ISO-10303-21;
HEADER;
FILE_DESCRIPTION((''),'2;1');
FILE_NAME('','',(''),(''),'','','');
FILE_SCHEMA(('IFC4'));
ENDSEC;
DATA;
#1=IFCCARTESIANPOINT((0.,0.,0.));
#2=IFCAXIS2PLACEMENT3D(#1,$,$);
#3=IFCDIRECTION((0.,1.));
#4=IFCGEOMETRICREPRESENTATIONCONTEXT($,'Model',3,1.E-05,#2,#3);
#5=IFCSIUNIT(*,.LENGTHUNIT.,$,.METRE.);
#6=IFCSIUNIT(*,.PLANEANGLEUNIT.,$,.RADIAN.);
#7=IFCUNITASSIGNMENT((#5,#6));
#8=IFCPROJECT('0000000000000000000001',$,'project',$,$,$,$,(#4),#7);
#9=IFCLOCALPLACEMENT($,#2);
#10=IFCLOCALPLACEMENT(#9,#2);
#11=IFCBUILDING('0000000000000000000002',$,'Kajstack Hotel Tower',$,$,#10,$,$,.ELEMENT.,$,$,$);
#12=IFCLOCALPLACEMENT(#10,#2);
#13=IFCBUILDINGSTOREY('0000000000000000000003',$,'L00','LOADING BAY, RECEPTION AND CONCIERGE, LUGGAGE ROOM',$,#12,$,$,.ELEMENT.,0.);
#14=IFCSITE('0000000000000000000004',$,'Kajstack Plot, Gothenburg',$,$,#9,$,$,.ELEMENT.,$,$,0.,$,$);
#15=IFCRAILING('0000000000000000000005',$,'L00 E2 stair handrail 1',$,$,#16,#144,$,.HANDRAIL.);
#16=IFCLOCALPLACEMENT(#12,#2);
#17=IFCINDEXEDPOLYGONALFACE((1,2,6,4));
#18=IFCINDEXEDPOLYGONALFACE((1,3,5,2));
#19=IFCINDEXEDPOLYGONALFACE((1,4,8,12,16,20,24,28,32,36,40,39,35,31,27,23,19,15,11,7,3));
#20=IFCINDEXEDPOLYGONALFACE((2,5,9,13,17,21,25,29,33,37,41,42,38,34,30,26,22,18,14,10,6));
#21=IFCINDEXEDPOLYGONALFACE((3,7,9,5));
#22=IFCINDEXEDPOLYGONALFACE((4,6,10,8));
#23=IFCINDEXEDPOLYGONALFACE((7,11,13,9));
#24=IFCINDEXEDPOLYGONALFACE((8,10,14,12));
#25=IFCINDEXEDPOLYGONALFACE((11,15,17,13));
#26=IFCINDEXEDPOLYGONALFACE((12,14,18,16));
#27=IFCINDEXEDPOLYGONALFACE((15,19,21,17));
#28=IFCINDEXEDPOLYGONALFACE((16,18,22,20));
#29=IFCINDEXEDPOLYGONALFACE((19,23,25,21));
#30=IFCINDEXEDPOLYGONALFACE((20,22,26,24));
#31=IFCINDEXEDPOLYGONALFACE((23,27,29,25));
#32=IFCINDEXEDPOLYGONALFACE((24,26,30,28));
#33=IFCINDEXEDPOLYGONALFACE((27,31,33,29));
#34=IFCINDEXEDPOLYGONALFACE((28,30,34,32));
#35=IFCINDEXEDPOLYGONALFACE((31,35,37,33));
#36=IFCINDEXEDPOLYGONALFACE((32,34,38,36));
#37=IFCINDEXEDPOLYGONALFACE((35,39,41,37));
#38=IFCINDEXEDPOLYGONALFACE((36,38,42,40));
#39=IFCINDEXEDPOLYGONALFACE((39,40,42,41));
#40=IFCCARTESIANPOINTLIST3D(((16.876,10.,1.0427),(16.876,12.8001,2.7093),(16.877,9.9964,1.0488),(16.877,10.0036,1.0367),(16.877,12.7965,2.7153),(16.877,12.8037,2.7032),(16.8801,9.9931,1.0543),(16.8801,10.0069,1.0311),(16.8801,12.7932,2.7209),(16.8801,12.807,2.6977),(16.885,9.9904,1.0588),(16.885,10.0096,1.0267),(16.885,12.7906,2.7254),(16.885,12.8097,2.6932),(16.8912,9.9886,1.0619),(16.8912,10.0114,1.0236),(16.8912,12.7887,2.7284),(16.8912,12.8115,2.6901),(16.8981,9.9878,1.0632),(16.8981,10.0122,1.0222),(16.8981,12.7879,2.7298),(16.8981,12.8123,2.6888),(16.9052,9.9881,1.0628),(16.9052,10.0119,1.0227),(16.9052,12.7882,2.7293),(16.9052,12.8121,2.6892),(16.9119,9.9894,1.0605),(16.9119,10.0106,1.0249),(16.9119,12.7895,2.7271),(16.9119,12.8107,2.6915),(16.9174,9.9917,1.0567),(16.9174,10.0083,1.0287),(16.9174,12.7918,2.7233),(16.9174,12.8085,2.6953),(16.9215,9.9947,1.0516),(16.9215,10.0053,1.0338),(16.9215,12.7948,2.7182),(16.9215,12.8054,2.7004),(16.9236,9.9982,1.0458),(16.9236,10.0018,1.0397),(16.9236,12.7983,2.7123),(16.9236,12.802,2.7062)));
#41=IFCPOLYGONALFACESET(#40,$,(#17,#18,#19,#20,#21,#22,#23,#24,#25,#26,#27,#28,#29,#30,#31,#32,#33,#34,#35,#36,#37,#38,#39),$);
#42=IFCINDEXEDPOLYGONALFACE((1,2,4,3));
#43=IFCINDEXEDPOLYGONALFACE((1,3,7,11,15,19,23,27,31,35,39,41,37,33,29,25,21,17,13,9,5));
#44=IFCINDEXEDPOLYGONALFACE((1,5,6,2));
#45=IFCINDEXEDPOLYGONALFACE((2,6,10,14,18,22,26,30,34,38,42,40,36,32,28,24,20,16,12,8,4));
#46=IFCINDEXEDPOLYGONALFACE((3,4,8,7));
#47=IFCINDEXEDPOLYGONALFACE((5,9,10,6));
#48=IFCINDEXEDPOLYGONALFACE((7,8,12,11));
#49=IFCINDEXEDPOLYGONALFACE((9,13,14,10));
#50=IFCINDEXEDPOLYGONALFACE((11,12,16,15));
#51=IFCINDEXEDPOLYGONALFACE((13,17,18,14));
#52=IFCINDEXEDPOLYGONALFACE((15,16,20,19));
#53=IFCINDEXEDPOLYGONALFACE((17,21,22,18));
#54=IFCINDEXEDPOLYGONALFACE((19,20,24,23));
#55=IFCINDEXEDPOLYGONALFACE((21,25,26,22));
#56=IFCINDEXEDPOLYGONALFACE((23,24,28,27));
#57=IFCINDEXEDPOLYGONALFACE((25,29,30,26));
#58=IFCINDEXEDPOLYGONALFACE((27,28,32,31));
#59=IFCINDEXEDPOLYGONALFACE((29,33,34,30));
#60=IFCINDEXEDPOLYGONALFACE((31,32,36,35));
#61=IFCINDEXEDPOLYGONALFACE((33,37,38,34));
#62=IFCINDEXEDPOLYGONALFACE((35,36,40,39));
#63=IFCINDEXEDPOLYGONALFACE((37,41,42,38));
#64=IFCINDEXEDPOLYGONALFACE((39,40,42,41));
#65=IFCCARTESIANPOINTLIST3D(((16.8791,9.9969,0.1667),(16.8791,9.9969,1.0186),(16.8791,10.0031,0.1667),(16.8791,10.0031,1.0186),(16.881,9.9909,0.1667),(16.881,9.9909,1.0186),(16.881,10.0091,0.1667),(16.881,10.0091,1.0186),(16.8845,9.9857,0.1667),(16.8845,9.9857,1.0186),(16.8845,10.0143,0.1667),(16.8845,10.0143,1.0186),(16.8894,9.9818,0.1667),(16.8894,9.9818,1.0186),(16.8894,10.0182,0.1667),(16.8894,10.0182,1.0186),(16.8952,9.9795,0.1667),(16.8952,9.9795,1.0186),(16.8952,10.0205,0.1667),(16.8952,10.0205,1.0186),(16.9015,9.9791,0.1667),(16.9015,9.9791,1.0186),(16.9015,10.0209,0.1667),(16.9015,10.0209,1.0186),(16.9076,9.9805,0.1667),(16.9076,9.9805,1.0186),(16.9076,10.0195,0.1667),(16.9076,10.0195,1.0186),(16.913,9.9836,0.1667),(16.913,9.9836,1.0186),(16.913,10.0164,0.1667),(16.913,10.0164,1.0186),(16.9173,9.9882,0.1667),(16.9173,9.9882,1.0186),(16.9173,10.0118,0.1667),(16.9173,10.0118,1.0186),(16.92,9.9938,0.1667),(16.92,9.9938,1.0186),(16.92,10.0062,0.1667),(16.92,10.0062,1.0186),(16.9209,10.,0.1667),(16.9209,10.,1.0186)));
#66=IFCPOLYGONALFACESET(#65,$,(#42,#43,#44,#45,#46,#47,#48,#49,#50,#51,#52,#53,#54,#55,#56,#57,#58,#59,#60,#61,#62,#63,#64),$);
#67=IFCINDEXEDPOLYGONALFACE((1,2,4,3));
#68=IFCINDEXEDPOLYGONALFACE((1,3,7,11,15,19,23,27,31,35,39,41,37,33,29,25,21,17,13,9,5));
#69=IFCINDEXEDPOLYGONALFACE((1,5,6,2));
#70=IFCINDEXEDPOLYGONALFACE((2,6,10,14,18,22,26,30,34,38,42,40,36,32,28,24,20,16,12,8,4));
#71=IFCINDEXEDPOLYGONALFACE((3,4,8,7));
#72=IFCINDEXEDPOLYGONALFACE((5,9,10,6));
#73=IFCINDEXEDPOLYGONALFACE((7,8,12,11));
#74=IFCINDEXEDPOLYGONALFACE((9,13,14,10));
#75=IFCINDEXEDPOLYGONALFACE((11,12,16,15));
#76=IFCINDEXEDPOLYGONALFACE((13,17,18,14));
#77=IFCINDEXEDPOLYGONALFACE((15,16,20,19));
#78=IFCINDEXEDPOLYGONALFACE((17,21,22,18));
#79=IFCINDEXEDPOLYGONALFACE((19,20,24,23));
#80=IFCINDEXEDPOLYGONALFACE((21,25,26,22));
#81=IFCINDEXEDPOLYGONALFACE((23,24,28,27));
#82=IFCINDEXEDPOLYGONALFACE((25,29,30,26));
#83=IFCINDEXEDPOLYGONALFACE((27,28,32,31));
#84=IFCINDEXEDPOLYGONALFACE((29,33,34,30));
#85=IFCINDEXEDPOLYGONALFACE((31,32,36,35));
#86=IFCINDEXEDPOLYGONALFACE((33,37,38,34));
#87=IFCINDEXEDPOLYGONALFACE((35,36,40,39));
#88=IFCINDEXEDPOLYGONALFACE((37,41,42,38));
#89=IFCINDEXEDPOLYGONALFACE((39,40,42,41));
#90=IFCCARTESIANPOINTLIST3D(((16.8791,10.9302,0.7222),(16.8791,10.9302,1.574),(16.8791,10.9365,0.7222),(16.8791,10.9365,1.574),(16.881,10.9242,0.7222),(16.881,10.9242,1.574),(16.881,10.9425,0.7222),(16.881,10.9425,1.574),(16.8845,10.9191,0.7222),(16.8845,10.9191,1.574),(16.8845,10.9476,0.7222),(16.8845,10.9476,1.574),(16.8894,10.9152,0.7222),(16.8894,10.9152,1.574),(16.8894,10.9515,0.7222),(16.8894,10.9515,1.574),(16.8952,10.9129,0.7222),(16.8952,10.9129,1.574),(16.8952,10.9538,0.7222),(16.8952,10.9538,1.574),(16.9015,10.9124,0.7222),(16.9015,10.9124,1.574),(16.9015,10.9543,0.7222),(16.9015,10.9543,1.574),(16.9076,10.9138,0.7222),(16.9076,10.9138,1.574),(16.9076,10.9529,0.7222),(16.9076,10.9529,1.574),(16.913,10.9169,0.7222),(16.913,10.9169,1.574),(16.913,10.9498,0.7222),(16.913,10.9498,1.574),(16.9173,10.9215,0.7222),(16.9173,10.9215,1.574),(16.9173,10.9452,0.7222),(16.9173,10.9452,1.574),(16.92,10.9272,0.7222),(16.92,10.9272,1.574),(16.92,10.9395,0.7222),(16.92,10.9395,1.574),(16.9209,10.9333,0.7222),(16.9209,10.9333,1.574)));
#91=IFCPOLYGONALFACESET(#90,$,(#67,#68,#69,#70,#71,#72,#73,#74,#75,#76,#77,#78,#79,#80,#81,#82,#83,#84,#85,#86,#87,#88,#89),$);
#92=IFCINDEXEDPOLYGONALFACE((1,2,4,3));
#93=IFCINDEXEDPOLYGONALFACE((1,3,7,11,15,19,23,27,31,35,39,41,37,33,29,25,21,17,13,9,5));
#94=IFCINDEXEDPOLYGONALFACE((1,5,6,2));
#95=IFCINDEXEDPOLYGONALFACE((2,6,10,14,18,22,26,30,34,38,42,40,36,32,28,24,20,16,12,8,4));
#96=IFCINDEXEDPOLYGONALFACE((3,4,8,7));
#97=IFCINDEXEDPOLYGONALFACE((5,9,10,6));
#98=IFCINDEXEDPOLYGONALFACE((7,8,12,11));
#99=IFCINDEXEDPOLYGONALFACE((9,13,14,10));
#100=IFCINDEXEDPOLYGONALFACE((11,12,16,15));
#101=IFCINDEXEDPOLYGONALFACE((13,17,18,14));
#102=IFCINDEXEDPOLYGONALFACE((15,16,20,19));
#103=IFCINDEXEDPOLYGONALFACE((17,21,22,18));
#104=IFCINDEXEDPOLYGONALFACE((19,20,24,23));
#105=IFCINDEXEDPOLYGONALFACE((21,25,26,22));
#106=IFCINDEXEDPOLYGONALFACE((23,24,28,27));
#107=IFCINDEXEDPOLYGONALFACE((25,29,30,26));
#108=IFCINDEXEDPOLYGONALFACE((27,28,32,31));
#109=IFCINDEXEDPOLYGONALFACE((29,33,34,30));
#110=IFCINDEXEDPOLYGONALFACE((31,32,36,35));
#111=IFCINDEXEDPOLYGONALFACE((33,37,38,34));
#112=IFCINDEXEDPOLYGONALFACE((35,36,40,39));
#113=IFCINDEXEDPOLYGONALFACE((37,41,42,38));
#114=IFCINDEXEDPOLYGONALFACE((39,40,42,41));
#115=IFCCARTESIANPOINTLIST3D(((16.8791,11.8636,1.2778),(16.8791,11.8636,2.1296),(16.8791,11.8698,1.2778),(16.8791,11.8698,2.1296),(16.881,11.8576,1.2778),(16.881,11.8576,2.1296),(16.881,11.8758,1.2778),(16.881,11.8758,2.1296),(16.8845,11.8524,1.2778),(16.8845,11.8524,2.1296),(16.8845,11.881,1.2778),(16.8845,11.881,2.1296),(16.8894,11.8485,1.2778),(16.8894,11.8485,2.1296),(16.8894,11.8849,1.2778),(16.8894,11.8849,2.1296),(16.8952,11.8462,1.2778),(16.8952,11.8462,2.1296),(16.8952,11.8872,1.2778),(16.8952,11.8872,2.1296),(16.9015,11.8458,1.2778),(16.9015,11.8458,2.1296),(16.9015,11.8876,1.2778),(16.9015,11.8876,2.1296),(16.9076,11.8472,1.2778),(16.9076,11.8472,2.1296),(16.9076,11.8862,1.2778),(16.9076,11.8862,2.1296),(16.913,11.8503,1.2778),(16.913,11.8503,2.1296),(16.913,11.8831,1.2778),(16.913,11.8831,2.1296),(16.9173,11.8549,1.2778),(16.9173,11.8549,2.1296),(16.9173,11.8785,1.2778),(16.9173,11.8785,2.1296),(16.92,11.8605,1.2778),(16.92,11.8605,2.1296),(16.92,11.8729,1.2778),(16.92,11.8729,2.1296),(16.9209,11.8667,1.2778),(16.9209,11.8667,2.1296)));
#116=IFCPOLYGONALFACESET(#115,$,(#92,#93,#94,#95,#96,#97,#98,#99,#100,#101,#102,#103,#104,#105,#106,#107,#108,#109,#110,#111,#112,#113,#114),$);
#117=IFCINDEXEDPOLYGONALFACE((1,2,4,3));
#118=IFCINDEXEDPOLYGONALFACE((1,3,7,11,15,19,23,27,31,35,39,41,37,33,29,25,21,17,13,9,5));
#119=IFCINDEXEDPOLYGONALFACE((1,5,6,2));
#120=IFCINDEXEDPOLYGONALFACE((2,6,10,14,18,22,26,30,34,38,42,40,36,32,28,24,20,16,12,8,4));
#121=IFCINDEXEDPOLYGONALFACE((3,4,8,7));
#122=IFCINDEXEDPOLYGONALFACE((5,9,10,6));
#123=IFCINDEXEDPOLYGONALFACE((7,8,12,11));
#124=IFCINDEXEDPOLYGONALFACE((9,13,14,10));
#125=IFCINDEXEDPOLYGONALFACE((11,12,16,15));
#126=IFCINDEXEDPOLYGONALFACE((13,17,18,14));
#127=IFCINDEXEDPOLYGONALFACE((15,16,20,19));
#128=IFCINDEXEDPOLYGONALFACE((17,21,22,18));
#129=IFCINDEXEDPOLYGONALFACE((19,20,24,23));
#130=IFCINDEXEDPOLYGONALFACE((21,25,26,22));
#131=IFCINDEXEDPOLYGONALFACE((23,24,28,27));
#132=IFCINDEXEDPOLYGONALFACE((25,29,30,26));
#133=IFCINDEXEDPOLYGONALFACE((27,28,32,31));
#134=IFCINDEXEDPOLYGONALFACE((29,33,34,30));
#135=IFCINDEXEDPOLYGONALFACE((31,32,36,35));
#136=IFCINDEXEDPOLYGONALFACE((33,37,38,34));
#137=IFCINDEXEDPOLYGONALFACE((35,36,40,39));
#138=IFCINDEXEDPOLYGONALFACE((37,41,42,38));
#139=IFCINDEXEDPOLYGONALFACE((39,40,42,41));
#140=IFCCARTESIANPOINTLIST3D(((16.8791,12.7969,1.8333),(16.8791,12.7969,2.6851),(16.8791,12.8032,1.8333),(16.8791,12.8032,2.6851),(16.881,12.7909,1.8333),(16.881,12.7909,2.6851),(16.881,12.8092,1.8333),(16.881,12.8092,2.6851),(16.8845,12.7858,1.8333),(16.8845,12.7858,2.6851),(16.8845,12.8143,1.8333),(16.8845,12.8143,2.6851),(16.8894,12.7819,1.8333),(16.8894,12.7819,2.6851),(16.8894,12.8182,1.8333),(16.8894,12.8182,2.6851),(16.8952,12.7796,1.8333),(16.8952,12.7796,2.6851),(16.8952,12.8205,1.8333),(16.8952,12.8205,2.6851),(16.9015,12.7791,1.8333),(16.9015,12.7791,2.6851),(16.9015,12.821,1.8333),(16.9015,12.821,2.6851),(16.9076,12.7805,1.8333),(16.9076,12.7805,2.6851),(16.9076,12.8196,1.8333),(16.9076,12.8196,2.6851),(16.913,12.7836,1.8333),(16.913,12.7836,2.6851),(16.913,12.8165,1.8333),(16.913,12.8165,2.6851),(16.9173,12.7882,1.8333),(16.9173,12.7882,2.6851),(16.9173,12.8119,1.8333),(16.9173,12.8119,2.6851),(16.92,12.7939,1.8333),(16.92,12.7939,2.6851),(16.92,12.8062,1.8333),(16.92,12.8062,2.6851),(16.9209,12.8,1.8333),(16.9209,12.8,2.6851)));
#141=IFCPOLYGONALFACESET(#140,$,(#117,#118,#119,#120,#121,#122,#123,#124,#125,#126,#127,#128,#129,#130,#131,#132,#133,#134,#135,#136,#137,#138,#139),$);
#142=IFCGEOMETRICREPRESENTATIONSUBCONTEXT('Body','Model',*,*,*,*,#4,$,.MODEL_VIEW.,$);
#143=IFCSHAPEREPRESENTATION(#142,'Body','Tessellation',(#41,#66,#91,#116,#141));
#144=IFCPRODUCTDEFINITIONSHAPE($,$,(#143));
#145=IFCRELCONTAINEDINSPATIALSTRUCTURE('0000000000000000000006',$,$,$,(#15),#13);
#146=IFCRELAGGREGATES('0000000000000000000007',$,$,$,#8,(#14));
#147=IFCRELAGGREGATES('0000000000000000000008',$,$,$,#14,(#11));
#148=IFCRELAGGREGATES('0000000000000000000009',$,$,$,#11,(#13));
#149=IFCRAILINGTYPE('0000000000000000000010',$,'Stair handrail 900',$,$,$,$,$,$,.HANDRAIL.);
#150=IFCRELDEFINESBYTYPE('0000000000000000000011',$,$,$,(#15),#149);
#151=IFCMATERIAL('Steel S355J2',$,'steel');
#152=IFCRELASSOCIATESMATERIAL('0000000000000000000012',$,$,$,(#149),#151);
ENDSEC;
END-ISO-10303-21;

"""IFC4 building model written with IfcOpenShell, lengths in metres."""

from ifc_helpers import new_model, si_unit, direction, frame, origin, origin_2d, place, context, subcontext, project, spatial, circle, extrude, material, type_object, element, save


model = new_model("IFC4")

# Units and contexts
model_context = context("Model", 3, precision=1e-05, world=origin(), true_north=direction((0.0, 1.0)))
body_context = subcontext(model_context, "Body", "Model", "MODEL_VIEW")
ifc_project = project(units=[si_unit("LENGTHUNIT", "METRE"), si_unit("PLANEANGLEUNIT", "RADIAN")], contexts=[model_context])

# Site, building, storey
site_placement = place(None, origin())
site = spatial("IfcSite", under=ifc_project, at=site_placement, Name="Kajstack Plot, Gothenburg", CompositionType="ELEMENT", RefElevation=0.0)
building_placement = place(site_placement, origin())
building = spatial("IfcBuilding", under=site, at=building_placement, Name="Kajstack Hotel Tower", CompositionType="ELEMENT")
storey_placement = place(building_placement, origin())
storey = spatial("IfcBuildingStorey", under=building, at=storey_placement, Name="L00", Description="LOADING BAY, RECEPTION AND CONCIERGE, LUGGAGE ROOM", CompositionType="ELEMENT", Elevation=0.0)

# Railing
ifc_material_1 = material(Name="Steel S355J2", Category="steel")
railing_type_1 = type_object("IfcRailingType", Name="Stair handrail 900", PredefinedType="HANDRAIL", material=ifc_material_1)
railing_1_placement = place(storey_placement, frame((16.8999, 10.0, 0.1667)))
element("IfcRailing", 1, at=railing_1_placement, inside=storey, type_object=railing_type_1, Name="L00 E2 stair handrail 1", PredefinedType="HANDRAIL", context=body_context, shape_type="SweptSolid", body=[
    extrude(circle(Radius=0.0239, at=origin_2d()), frame((0.0, 0.0, 0.876), z_axis=(0.0, 0.859319, 0.51144), x_axis=(-1.0, 0.0, 0.0)), (0.0, 0.0, 1.0), 3.2585),
    extrude(circle(Radius=0.021, at=origin_2d()), origin(), (0.0, 0.0, 1.0), 0.8518),
    extrude(circle(Radius=0.021, at=origin_2d()), frame((0.0, 0.9333, 0.5554)), (0.0, 0.0, 1.0), 0.8518),
    extrude(circle(Radius=0.021, at=origin_2d()), frame((0.0, 1.8667, 1.1111)), (0.0, 0.0, 1.0), 0.8518),
    extrude(circle(Radius=0.021, at=origin_2d()), frame((0.0, 2.8, 1.6665)), (0.0, 0.0, 1.0), 0.8518),
])

save(model, "model.ifc")
